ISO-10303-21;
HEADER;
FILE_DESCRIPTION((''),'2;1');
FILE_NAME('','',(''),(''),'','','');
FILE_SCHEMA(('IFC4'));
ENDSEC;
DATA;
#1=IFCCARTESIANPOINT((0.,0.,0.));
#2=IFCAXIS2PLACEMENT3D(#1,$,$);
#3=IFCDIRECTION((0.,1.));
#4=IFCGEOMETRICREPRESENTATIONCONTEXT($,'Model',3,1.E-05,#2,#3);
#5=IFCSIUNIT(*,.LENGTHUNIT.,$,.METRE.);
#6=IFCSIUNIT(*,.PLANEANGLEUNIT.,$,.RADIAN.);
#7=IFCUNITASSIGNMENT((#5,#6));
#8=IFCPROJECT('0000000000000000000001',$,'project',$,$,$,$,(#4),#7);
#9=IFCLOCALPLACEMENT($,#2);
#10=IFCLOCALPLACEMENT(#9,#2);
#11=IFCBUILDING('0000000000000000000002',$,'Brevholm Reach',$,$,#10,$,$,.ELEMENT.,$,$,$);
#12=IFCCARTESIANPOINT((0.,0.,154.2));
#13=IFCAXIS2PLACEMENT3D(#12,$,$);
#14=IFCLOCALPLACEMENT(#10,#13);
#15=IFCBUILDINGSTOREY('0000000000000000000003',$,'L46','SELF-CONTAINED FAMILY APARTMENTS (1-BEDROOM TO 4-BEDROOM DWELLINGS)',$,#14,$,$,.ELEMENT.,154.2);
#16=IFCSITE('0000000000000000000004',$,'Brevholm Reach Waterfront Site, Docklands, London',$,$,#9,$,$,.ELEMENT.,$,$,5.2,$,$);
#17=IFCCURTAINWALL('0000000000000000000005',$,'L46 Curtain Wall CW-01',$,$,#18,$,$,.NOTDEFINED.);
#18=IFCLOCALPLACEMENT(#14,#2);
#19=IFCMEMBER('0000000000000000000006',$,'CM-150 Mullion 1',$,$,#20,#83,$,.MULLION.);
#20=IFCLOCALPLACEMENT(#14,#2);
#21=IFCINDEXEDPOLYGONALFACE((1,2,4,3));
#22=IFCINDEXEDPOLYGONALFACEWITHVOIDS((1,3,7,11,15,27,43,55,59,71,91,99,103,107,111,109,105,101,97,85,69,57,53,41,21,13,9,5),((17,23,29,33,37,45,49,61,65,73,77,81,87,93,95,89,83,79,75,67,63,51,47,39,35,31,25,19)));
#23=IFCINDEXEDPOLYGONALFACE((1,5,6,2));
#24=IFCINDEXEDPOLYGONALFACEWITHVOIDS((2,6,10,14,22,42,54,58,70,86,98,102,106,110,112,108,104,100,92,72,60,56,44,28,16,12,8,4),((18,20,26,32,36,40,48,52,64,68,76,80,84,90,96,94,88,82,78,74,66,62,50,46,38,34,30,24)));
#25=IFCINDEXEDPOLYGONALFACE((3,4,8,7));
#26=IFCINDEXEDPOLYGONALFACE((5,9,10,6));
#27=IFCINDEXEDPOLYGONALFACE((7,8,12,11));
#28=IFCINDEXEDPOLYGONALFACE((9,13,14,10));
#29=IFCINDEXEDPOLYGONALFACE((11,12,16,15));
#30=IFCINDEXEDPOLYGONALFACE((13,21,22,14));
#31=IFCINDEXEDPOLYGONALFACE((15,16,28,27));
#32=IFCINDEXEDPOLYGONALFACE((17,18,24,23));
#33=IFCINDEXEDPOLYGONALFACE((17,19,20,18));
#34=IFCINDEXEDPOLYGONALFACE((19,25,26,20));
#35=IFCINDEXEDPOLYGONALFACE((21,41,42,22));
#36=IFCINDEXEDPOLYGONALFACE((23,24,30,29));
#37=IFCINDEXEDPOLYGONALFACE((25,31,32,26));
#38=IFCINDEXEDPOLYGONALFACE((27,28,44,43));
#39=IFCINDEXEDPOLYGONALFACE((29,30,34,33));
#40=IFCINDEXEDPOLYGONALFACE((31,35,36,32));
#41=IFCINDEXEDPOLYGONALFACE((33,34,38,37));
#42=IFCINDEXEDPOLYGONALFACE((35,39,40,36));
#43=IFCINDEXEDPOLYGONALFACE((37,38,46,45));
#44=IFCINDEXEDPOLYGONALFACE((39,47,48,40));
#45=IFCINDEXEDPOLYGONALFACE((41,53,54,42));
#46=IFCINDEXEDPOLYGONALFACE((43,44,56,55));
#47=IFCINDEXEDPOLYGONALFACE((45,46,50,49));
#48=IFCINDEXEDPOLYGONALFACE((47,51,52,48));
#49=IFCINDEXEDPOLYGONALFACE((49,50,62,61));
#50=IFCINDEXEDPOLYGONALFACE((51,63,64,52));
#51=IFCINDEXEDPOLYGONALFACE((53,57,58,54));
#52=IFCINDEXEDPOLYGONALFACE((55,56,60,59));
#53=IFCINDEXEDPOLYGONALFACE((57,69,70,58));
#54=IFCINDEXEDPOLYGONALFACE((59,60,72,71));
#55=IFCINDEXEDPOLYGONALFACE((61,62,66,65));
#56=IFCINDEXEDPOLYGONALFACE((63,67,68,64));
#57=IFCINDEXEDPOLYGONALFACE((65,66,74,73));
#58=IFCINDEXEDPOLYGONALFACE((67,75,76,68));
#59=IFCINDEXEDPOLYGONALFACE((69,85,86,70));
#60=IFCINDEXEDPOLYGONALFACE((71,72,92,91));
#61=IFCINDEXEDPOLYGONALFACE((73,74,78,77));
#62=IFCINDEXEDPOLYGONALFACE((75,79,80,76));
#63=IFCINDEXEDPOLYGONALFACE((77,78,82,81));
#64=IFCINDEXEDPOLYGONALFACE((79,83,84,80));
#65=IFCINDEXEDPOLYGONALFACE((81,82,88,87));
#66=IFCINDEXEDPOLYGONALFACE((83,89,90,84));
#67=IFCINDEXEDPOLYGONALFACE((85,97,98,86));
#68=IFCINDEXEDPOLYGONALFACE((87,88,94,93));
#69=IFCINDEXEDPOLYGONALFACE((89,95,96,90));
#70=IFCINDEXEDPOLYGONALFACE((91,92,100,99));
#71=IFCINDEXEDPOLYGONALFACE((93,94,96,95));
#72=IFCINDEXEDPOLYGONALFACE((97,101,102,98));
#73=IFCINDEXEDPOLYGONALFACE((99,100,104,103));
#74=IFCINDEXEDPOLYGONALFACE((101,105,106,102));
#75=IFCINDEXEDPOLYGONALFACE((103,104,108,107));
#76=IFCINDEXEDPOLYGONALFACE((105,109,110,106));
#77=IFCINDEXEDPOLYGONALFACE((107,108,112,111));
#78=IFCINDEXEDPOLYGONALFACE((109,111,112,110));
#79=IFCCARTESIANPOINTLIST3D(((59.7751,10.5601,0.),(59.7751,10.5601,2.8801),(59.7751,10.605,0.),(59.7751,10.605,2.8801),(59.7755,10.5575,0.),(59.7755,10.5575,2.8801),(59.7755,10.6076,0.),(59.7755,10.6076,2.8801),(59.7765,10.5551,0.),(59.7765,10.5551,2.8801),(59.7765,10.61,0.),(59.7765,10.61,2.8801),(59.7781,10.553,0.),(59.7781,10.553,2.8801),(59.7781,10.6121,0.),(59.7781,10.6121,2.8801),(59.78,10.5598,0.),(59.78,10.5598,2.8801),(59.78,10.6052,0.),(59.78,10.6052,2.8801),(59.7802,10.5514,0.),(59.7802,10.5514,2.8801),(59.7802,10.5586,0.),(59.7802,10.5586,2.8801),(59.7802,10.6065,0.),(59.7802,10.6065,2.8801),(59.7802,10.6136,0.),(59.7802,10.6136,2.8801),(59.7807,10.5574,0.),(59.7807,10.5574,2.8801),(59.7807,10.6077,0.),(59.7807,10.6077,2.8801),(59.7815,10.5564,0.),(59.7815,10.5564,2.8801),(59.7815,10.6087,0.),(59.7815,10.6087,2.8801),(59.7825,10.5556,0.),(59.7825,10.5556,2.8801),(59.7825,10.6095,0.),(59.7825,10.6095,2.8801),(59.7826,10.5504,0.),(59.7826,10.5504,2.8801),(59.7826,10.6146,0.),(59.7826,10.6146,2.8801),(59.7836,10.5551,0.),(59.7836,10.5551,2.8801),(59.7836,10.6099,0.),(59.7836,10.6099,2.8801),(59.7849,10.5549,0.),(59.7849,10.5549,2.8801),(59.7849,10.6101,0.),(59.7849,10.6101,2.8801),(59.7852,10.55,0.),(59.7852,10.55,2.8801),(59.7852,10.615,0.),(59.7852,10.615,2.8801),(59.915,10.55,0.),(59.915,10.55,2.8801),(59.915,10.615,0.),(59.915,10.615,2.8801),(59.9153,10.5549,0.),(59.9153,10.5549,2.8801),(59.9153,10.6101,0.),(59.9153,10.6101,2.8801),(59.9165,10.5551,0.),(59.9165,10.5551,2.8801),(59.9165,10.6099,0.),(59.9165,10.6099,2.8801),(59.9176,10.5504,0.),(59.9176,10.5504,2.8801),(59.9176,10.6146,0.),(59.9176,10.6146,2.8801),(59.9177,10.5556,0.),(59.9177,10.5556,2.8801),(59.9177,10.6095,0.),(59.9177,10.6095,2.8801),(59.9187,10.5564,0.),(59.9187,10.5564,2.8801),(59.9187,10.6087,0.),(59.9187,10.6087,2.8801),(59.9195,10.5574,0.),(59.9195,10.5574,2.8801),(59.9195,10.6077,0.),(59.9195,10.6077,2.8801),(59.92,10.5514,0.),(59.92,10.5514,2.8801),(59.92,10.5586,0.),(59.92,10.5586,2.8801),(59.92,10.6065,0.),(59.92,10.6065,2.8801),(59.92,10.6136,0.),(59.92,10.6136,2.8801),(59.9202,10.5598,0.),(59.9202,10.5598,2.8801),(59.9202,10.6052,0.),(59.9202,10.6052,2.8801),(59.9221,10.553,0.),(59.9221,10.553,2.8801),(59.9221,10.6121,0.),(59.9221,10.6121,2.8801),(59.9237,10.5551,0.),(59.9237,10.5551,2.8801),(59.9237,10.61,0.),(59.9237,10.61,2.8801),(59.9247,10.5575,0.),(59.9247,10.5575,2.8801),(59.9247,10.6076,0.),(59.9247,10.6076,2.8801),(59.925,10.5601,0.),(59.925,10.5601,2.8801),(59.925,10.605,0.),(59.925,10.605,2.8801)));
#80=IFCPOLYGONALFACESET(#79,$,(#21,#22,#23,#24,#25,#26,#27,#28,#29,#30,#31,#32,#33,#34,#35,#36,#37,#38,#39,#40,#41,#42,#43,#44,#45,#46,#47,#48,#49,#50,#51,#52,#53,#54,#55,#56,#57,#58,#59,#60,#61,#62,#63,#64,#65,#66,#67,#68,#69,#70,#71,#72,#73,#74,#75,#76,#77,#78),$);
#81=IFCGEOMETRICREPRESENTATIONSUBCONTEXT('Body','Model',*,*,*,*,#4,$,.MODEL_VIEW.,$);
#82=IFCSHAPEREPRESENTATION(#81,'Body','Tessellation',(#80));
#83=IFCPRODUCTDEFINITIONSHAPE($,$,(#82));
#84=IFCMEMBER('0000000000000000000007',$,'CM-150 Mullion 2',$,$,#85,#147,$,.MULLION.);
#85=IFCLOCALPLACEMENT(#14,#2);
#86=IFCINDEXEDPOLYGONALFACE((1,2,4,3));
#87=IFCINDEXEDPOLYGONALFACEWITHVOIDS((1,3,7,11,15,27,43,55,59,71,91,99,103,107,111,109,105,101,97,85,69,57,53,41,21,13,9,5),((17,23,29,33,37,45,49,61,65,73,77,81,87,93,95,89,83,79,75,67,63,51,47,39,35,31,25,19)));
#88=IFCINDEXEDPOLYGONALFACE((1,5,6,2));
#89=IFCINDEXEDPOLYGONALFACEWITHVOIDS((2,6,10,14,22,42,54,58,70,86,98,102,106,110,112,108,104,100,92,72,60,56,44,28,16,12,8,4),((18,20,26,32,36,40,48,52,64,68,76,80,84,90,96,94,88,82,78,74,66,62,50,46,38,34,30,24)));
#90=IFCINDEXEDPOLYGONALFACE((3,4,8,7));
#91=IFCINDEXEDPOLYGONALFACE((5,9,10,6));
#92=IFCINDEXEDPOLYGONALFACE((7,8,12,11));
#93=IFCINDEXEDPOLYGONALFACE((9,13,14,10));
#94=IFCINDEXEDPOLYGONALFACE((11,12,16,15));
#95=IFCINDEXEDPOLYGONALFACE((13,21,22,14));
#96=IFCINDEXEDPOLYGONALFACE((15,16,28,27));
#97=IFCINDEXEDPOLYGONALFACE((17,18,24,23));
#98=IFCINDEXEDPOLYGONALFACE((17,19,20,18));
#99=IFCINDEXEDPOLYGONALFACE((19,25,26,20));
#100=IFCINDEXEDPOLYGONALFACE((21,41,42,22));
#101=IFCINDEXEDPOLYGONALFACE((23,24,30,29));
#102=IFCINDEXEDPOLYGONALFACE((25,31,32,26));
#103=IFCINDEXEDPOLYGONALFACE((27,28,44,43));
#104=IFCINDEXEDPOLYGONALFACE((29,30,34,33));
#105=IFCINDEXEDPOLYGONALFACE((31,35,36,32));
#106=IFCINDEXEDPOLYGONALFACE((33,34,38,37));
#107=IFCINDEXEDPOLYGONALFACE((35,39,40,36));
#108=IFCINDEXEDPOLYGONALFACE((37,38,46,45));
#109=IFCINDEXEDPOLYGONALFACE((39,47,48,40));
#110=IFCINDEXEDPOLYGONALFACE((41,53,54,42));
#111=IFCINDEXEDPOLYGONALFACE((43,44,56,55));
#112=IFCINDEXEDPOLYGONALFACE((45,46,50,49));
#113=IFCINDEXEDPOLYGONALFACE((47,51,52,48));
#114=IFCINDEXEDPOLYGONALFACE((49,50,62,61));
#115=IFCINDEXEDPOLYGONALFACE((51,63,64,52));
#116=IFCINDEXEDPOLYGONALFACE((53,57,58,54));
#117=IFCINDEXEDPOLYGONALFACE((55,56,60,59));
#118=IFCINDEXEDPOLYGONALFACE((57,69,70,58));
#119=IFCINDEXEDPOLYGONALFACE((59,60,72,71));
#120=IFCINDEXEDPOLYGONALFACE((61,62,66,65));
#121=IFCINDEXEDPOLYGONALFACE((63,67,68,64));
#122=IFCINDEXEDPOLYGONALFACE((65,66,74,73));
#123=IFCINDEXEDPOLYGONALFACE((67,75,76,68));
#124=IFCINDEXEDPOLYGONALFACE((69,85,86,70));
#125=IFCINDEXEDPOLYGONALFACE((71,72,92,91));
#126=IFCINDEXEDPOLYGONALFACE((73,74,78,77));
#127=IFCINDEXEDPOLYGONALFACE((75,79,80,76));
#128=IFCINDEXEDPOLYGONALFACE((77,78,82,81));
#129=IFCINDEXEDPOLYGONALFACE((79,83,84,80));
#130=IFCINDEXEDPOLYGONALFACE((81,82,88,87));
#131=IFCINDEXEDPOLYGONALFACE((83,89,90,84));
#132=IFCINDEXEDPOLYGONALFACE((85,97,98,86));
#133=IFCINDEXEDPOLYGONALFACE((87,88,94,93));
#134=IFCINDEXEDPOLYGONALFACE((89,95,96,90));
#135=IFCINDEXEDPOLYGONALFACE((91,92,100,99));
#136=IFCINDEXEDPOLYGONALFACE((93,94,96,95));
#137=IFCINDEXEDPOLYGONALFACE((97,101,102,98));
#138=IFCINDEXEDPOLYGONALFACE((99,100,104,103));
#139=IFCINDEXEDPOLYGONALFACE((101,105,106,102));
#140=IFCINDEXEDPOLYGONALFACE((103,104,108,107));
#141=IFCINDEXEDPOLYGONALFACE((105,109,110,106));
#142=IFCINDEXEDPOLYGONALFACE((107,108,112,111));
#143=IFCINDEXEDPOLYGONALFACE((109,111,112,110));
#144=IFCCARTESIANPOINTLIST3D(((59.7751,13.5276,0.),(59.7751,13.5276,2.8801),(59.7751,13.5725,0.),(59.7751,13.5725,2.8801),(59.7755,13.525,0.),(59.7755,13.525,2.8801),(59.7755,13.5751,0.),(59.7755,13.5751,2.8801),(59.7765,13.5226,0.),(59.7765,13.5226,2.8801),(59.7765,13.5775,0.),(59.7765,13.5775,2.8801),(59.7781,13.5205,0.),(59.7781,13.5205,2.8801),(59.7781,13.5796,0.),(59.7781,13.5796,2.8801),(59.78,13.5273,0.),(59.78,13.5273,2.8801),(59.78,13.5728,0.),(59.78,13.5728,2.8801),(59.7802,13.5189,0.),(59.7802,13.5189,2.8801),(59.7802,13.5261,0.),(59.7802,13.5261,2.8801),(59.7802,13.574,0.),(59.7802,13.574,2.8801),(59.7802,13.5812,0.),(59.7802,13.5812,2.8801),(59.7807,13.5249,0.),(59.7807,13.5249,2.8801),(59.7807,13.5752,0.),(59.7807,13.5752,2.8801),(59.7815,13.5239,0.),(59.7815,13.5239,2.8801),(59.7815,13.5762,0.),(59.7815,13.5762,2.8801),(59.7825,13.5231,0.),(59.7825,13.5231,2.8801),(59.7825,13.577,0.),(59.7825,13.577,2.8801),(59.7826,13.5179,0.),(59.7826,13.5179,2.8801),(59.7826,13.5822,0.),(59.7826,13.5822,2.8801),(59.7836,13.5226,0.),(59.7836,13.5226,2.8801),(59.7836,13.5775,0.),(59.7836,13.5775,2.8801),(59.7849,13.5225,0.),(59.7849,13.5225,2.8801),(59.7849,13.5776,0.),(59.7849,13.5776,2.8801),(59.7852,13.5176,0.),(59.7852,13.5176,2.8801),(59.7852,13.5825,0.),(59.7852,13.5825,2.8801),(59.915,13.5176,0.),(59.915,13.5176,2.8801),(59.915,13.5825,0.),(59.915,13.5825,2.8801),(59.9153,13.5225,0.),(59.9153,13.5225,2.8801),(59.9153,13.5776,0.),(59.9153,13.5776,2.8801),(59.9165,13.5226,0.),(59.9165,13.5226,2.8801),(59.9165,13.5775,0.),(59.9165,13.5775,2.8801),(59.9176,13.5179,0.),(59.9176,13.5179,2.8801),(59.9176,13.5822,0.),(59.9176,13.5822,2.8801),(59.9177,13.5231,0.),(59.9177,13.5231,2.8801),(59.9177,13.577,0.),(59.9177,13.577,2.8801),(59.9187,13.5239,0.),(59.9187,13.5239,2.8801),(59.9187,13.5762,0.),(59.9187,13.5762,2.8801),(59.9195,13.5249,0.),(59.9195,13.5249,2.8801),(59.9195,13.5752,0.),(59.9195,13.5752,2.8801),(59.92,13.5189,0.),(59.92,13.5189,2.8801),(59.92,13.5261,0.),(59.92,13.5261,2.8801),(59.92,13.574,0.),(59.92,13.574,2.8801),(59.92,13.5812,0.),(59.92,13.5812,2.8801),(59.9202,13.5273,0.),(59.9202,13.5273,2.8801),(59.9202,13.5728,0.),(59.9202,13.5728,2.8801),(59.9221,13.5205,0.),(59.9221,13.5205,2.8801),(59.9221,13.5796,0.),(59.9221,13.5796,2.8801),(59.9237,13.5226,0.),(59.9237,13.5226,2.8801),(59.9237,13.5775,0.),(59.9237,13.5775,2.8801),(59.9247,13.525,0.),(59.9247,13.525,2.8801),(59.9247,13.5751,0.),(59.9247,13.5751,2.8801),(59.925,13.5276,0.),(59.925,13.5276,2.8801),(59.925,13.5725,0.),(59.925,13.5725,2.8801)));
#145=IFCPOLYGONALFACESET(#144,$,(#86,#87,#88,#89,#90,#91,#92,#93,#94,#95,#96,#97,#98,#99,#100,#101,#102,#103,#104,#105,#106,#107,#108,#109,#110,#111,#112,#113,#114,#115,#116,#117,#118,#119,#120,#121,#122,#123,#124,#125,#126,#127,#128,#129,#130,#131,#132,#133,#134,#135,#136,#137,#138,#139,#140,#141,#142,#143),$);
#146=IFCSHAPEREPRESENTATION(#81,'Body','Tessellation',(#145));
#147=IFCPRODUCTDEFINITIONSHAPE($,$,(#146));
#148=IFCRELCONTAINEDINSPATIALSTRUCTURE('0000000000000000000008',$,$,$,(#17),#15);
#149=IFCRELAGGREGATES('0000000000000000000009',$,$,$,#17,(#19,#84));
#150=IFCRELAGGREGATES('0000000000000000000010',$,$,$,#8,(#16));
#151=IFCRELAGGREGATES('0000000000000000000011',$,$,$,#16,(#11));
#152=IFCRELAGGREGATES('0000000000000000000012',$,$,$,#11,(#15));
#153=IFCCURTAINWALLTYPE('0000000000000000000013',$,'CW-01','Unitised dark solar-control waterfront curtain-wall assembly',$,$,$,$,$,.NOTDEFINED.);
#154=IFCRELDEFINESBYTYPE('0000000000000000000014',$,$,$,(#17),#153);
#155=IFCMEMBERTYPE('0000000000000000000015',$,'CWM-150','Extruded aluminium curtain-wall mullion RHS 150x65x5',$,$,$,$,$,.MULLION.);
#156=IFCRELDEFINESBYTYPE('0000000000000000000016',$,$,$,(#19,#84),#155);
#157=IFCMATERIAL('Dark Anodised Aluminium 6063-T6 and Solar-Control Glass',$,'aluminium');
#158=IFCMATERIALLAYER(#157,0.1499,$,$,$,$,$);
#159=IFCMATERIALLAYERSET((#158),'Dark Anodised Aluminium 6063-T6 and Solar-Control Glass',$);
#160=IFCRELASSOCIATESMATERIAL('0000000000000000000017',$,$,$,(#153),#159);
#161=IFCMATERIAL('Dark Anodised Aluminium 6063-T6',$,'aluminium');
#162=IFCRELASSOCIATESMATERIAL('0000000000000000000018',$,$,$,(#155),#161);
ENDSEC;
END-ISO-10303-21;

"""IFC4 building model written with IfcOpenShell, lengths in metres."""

from ifc_helpers import new_model, si_unit, direction, frame, origin, origin_2d, place, context, subcontext, project, spatial, hollow_rectangle, extrude, material, layer, layer_set, material_profile, profile_set, type_object, element, aggregate, save


model = new_model("IFC4")

# Units and contexts
model_context = context("Model", 3, precision=1e-05, world=origin(), true_north=direction((0.0, 1.0)))
body_context = subcontext(model_context, "Body", "Model", "MODEL_VIEW")
ifc_project = project(units=[si_unit("LENGTHUNIT", "METRE"), si_unit("PLANEANGLEUNIT", "RADIAN")], contexts=[model_context])

# Site, building, storey
site_placement = place(None, origin())
site = spatial("IfcSite", under=ifc_project, at=site_placement, Name="Brevholm Reach Waterfront Site, Docklands, London", CompositionType="ELEMENT", RefElevation=5.2)
building_placement = place(site_placement, origin())
building = spatial("IfcBuilding", under=site, at=building_placement, Name="Brevholm Reach", CompositionType="ELEMENT")
storey_placement = place(building_placement, frame((0.0, 0.0, 154.2)))
storey = spatial("IfcBuildingStorey", under=building, at=storey_placement, Name="L46", Description="SELF-CONTAINED FAMILY APARTMENTS (1-BEDROOM TO 4-BEDROOM DWELLINGS)", CompositionType="ELEMENT", Elevation=154.2)

# Curtain wall, members
ifc_material_1 = material(Name="Dark Anodised Aluminium 6063-T6 and Solar-Control Glass", Category="aluminium")
ifc_layer_1 = layer(ifc_material_1, 0.1499)
ifc_layer_set_1 = layer_set([ifc_layer_1], Name="Dark Anodised Aluminium 6063-T6 and Solar-Control Glass")
curtain_wall_type = type_object("IfcCurtainWallType", Name="CW-01", Description="Unitised dark solar-control waterfront curtain-wall assembly", PredefinedType="NOTDEFINED", material=ifc_layer_set_1)
curtain_wall_placement = place(storey_placement, origin())
curtain_wall = element("IfcCurtainWall", 1, at=curtain_wall_placement, inside=storey, type_object=curtain_wall_type, Name="L46 Curtain Wall CW-01", PredefinedType="NOTDEFINED")
ifc_material_2 = material(Name="Dark Anodised Aluminium 6063-T6", Category="aluminium")
ifc_material_profile_1 = material_profile(ifc_material_2, hollow_rectangle(XDim=0.0649, YDim=0.1499, WallThickness=0.0049, InnerFilletRadius=0.0049, OuterFilletRadius=0.01, at=origin_2d()), Name="RHS 150x65x5")
ifc_profile_set_1 = profile_set([ifc_material_profile_1], Name="Dark Anodised Aluminium 6063-T6")
member_type_1 = type_object("IfcMemberType", Name="CWM-150", Description="Extruded aluminium curtain-wall mullion RHS 150x65x5", PredefinedType="MULLION", material=ifc_profile_set_1)
member_1_placement = place(storey_placement, frame((59.8501, 10.5825, 0.0), z_axis=(0.0, 0.0, 1.0), x_axis=(0.0, 1.0, 0.0)))
member_1 = element("IfcMember", 2, at=member_1_placement, type_object=member_type_1, Name="CM-150 Mullion 1", PredefinedType="MULLION", context=body_context, shape_type="SweptSolid", body=[
    extrude(hollow_rectangle(XDim=0.0649, YDim=0.1499, WallThickness=0.0049, InnerFilletRadius=0.0049, OuterFilletRadius=0.01, at=origin_2d()), origin(), (0.0, 0.0, 1.0), 2.8801),
])
member_2_placement = place(storey_placement, frame((59.8501, 13.55, 0.0), z_axis=(0.0, 0.0, 1.0), x_axis=(0.0, 1.0, 0.0)))
member_2 = element("IfcMember", 3, at=member_2_placement, type_object=member_type_1, Name="CM-150 Mullion 2", PredefinedType="MULLION", context=body_context, shape_type="SweptSolid", body=[
    extrude(hollow_rectangle(XDim=0.0649, YDim=0.1499, WallThickness=0.0049, InnerFilletRadius=0.0049, OuterFilletRadius=0.01, at=origin_2d()), origin(), (0.0, 0.0, 1.0), 2.8801),
])
aggregate(curtain_wall, [member_1, member_2])

save(model, "model.ifc")
